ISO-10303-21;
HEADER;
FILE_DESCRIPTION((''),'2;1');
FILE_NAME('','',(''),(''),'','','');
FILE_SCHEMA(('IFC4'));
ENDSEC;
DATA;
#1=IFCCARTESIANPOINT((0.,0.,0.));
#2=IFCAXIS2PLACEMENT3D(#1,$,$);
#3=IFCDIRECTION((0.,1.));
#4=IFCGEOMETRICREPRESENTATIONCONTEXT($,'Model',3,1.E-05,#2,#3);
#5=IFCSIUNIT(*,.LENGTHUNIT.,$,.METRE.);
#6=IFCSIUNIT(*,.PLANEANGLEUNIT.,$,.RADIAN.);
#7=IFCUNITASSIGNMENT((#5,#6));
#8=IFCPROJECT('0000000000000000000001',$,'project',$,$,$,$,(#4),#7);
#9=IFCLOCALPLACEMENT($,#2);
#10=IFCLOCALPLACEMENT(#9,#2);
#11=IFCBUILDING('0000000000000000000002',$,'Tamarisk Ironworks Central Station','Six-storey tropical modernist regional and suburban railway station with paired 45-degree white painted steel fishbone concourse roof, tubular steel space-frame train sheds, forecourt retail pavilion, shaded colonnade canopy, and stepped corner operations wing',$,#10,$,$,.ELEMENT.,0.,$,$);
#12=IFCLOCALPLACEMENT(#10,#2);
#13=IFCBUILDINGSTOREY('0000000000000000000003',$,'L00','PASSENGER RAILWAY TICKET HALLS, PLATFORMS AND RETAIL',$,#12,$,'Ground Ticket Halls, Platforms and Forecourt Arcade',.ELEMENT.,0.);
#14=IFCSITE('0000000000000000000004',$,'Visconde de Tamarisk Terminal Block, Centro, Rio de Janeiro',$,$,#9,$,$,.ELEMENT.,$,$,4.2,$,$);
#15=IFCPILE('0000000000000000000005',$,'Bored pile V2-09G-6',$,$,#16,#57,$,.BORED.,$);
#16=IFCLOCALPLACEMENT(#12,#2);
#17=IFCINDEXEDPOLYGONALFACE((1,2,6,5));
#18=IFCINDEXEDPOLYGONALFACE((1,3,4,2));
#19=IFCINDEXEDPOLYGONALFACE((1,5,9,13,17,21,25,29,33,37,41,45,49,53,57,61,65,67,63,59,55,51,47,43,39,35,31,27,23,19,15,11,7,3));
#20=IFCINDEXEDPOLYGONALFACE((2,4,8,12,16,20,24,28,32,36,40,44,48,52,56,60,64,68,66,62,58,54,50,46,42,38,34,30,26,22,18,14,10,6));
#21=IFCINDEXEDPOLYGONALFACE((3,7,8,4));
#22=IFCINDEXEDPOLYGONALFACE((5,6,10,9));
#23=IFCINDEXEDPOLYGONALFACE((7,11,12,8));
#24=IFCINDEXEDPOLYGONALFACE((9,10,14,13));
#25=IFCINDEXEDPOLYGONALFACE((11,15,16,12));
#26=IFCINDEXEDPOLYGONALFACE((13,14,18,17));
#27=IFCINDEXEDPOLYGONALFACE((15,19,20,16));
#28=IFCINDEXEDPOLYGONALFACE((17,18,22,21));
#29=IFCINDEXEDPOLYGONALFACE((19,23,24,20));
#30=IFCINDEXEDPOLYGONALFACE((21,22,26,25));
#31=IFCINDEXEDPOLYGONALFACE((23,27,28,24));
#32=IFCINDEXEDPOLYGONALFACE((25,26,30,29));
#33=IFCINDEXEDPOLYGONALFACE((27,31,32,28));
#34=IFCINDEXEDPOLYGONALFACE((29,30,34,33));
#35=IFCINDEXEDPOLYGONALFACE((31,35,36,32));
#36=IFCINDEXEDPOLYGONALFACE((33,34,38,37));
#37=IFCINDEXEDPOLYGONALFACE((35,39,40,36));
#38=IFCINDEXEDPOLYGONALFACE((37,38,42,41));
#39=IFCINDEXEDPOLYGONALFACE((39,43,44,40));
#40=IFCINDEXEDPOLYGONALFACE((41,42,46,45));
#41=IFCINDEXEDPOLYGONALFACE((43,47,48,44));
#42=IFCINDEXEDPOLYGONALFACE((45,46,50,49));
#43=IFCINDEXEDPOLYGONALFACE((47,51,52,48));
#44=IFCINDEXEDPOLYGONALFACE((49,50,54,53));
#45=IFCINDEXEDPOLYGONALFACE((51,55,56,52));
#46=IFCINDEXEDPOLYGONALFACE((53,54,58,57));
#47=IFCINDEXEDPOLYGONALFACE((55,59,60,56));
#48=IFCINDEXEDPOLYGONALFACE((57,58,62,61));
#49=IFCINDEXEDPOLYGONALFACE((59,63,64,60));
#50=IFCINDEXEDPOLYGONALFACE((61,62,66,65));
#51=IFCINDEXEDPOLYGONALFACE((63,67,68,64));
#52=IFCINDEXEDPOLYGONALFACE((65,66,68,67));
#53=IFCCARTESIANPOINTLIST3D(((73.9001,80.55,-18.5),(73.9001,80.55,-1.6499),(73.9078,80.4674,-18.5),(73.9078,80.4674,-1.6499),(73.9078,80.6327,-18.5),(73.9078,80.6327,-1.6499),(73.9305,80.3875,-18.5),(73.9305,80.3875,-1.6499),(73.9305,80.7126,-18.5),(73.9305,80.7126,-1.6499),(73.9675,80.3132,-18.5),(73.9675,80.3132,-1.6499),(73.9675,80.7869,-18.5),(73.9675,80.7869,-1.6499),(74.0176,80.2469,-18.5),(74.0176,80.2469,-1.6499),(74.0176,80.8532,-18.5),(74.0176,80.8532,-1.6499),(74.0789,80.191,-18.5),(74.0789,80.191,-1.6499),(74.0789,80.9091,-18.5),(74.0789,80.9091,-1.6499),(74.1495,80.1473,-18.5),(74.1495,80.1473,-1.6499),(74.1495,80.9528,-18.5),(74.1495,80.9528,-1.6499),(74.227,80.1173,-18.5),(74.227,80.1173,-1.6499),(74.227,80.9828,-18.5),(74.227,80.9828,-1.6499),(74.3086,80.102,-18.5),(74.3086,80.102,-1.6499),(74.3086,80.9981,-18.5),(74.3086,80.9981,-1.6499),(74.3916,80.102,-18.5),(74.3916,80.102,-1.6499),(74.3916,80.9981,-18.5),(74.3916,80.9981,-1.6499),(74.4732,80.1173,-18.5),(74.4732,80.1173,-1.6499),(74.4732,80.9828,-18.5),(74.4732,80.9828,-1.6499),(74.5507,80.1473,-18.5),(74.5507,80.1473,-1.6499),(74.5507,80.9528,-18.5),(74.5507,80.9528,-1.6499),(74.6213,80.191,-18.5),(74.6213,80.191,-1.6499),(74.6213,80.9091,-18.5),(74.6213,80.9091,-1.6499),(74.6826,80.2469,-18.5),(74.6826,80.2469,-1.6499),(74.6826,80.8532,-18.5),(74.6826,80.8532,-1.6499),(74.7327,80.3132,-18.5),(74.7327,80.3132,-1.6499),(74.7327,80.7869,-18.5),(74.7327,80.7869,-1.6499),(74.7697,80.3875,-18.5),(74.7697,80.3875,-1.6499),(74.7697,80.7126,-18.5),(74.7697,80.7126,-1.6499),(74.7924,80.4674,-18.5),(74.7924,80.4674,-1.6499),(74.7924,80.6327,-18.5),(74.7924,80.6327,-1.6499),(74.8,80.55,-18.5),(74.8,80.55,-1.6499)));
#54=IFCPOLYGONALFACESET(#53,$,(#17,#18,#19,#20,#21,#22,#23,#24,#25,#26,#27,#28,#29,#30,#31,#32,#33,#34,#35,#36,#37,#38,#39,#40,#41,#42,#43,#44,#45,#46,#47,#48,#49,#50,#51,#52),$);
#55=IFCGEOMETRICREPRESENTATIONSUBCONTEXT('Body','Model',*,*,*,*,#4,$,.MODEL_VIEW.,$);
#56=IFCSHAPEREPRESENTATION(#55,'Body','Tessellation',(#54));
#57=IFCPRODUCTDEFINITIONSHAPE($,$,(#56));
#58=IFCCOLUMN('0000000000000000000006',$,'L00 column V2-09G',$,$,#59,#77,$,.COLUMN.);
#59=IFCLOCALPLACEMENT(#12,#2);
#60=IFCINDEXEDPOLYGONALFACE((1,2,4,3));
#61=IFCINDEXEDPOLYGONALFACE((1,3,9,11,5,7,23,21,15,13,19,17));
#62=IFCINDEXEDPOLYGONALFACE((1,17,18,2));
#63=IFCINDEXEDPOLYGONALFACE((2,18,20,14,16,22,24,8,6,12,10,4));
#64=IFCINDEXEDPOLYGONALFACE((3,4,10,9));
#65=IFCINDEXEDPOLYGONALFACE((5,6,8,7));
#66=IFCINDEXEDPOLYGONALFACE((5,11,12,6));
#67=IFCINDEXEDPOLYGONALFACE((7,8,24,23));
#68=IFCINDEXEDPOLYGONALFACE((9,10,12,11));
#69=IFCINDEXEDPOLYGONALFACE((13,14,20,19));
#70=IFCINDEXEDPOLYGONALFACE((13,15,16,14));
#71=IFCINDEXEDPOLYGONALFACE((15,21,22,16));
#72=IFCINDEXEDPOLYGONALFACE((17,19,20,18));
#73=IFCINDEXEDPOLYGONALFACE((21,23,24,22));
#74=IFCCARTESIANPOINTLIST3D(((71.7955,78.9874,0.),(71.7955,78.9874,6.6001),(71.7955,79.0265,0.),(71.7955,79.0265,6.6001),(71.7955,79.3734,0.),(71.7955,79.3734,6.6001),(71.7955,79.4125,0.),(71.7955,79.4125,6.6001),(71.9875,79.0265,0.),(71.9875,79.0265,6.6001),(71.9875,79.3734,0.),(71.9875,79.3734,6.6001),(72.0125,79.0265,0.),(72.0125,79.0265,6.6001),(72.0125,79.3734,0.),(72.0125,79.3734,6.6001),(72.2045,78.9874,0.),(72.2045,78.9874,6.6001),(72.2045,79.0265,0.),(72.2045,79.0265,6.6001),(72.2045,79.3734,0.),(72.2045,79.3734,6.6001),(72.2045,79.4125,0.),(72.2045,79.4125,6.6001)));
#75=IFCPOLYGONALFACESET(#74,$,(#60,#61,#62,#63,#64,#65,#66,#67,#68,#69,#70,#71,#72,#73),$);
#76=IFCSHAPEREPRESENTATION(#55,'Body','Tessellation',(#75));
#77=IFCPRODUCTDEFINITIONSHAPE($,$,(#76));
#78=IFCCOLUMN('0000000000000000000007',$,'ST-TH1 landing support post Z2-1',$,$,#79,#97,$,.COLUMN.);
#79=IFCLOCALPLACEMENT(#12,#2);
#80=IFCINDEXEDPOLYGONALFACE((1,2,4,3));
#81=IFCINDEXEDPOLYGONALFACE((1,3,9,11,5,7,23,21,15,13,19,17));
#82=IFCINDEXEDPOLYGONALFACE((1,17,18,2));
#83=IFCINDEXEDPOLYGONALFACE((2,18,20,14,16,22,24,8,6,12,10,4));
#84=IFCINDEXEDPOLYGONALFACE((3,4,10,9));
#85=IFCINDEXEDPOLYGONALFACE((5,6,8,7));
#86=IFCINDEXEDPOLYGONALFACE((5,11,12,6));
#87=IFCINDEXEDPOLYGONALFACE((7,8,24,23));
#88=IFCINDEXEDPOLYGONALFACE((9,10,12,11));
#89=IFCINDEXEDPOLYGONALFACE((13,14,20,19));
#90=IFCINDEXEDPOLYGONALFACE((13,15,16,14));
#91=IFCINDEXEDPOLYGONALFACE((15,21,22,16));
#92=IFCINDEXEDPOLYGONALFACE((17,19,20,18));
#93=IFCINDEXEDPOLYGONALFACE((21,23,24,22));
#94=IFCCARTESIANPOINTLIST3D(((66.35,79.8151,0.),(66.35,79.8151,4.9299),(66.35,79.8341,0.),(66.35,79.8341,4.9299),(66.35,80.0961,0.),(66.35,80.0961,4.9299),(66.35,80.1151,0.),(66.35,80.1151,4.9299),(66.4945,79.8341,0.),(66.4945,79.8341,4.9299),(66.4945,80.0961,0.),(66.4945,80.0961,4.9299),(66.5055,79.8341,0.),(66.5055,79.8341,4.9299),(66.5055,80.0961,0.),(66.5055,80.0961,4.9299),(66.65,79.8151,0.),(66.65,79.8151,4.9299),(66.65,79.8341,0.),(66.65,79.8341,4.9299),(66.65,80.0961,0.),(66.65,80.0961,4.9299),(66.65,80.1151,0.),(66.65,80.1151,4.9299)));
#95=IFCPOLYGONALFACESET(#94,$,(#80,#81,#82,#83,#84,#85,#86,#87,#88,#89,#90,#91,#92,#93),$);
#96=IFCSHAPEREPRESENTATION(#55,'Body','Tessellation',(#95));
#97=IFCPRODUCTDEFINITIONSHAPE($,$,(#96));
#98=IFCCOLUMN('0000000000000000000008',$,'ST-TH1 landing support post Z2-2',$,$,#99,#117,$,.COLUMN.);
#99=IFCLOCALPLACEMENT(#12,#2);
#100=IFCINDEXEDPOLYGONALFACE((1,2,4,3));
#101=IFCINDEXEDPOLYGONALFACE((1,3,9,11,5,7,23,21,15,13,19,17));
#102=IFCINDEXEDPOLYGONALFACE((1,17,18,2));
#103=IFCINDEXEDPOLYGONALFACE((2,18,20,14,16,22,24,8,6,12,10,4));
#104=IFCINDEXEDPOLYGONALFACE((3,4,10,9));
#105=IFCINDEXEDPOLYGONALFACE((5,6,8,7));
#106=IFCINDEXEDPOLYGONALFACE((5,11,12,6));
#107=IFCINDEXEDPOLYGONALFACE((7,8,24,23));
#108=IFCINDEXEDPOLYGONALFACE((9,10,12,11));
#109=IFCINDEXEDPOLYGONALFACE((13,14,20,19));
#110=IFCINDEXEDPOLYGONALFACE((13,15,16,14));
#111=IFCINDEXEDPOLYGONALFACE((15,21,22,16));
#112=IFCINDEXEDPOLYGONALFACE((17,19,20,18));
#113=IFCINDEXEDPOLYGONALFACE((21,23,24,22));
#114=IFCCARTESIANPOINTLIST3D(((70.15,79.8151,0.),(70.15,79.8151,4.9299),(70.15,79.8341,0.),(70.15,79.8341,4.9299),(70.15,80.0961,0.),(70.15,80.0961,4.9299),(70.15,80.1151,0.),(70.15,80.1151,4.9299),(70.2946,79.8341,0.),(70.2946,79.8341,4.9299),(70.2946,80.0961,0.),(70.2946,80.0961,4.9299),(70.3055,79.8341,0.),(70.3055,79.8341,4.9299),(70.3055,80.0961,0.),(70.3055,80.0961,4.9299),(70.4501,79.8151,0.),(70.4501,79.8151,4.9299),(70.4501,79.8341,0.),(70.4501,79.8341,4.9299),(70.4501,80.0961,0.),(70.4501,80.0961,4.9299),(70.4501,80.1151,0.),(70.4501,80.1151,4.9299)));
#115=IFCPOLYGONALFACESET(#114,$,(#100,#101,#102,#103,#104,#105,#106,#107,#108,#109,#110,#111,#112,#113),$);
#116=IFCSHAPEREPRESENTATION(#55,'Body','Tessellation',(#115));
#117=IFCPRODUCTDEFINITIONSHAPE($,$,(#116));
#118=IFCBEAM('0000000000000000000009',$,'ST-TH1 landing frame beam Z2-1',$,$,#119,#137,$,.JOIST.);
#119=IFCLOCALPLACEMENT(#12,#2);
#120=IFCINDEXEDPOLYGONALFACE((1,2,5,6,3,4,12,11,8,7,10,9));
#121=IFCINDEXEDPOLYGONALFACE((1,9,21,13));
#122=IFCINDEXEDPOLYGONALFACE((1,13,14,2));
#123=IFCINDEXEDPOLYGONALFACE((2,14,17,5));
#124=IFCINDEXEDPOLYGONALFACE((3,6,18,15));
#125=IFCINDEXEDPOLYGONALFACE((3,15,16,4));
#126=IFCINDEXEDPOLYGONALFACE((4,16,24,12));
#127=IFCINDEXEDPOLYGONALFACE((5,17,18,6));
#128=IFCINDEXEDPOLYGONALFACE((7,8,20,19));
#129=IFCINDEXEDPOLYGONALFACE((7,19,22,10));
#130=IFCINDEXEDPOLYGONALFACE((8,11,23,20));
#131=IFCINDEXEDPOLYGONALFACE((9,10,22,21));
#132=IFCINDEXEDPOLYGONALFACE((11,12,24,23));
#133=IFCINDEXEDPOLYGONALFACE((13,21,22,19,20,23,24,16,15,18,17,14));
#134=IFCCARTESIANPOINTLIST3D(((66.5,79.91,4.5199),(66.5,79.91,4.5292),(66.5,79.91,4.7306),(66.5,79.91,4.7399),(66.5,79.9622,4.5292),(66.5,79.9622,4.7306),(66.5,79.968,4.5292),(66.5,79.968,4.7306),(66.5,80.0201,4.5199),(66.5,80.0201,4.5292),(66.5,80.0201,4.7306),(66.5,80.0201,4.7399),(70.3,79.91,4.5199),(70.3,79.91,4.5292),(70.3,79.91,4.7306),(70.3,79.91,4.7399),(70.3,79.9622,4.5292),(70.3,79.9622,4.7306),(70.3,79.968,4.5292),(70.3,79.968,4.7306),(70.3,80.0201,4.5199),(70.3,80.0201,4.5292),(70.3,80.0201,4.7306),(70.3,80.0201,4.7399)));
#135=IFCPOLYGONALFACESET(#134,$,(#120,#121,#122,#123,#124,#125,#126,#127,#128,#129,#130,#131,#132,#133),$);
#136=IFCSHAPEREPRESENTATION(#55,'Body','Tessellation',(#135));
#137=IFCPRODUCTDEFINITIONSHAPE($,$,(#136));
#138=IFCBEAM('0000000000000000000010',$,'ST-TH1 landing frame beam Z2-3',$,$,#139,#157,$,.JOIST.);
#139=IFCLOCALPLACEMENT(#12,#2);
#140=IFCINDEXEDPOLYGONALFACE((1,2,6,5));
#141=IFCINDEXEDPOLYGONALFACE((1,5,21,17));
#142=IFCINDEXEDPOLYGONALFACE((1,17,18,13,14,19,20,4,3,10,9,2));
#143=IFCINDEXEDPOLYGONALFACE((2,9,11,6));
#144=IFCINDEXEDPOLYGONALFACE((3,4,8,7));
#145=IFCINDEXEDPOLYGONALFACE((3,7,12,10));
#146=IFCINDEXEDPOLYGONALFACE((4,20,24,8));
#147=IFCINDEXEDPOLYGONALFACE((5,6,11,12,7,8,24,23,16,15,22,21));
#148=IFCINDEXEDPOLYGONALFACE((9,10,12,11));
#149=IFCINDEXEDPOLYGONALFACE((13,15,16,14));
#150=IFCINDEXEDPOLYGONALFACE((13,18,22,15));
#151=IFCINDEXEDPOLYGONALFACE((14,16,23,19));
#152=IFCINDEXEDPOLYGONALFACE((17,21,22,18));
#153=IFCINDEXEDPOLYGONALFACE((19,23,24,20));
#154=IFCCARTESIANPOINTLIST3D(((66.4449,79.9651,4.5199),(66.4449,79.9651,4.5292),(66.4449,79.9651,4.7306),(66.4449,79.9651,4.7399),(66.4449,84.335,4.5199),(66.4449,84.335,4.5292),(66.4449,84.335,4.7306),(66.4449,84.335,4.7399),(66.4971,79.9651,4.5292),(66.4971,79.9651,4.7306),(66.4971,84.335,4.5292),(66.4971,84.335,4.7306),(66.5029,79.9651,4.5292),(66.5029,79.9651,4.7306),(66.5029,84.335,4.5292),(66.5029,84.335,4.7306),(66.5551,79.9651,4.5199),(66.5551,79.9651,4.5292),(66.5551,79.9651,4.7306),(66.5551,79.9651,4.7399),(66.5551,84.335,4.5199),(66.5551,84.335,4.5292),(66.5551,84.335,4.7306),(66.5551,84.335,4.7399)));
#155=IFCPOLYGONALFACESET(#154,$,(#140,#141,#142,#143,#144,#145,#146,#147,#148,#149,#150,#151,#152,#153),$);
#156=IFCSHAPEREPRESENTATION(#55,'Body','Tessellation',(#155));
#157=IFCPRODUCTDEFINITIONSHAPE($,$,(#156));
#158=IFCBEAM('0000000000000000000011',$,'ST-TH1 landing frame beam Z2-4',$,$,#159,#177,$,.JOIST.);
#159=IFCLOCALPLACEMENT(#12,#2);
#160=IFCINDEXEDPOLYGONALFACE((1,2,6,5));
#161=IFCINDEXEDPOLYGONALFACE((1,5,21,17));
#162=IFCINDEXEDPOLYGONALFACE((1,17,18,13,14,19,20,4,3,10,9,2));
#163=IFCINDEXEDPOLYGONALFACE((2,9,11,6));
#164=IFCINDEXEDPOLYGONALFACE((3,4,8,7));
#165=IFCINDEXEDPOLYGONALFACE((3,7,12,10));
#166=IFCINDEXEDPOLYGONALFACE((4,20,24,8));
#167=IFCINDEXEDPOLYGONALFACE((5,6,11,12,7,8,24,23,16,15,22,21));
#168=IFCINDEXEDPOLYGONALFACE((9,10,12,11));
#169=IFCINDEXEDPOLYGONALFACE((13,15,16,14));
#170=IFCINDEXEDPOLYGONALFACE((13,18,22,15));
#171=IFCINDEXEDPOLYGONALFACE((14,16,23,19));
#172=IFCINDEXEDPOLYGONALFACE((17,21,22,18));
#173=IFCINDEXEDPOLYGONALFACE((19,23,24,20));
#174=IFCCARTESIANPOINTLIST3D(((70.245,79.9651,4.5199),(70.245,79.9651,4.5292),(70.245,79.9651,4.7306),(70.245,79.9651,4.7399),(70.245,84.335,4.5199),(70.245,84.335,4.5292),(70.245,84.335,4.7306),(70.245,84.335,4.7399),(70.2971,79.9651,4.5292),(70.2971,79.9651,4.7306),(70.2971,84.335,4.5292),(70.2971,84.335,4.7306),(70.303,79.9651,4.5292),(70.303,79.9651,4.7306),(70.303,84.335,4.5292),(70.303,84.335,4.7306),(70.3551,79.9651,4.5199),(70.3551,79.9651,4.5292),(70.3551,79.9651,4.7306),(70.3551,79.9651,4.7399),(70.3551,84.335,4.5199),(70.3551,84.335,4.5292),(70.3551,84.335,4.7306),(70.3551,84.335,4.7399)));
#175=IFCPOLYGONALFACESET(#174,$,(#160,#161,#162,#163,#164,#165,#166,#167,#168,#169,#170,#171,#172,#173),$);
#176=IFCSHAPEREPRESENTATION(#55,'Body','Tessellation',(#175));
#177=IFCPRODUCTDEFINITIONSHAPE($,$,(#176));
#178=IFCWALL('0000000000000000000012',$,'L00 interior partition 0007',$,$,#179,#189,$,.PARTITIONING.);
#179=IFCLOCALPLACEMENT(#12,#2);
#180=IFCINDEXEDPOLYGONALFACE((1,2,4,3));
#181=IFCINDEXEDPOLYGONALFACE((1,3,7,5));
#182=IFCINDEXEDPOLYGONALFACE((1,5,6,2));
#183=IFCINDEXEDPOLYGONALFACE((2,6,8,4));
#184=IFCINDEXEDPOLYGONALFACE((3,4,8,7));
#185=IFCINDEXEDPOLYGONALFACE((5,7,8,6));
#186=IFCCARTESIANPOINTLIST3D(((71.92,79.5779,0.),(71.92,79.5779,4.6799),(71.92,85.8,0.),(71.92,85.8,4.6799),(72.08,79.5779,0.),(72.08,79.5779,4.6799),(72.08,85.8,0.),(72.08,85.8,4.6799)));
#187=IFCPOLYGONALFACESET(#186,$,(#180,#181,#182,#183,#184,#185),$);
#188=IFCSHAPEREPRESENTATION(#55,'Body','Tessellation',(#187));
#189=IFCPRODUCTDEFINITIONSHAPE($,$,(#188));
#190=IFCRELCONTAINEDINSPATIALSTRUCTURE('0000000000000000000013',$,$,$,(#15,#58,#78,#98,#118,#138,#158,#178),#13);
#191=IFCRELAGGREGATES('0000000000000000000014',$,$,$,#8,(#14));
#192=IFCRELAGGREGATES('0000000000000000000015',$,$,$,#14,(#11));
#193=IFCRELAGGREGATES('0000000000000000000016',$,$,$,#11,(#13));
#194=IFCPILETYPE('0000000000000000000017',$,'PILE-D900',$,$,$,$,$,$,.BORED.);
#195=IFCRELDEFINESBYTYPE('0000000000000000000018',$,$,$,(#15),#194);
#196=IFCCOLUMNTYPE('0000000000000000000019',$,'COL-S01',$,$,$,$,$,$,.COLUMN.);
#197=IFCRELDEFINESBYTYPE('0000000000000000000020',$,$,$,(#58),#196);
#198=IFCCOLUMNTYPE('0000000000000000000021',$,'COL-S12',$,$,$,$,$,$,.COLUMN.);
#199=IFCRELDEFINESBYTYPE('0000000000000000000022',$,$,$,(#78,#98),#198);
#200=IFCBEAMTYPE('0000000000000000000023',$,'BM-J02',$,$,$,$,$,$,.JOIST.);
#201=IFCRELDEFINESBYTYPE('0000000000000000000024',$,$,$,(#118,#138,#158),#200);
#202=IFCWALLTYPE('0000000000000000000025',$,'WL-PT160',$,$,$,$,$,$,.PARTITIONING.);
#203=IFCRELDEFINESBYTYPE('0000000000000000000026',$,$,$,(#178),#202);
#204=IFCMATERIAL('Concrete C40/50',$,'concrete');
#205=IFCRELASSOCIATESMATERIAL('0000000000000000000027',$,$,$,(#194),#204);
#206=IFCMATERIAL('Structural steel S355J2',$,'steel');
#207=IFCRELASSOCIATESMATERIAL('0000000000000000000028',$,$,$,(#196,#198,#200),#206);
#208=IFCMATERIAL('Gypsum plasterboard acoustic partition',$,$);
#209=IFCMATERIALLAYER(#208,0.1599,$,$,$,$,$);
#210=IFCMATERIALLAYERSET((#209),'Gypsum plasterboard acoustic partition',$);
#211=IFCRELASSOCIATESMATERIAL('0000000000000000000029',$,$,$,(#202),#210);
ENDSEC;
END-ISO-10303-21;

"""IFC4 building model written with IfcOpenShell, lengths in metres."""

from ifc_helpers import new_model, si_unit, direction, frame, frame_2d, origin, origin_2d, place, context, subcontext, project, spatial, rectangle, circle, i_section, extrude, material, layer, layer_set, material_profile, profile_set, type_object, element, save


model = new_model("IFC4")

# Units and contexts
model_context = context("Model", 3, precision=1e-05, world=origin(), true_north=direction((0.0, 1.0)))
body_context = subcontext(model_context, "Body", "Model", "MODEL_VIEW")
ifc_project = project(units=[si_unit("LENGTHUNIT", "METRE"), si_unit("PLANEANGLEUNIT", "RADIAN")], contexts=[model_context])

# Site, building, storey
site_placement = place(None, origin())
site = spatial("IfcSite", under=ifc_project, at=site_placement, Name="Visconde de Tamarisk Terminal Block, Centro, Rio de Janeiro", CompositionType="ELEMENT", RefElevation=4.2)
building_placement = place(site_placement, origin())
building = spatial("IfcBuilding", under=site, at=building_placement, Name="Tamarisk Ironworks Central Station", Description="Six-storey tropical modernist regional and suburban railway station with paired 45-degree white painted steel fishbone concourse roof, tubular steel space-frame train sheds, forecourt retail pavilion, shaded colonnade canopy, and stepped corner operations wing", CompositionType="ELEMENT", ElevationOfRefHeight=0.0)
storey_placement = place(building_placement, origin())
storey = spatial("IfcBuildingStorey", under=building, at=storey_placement, Name="L00", Description="PASSENGER RAILWAY TICKET HALLS, PLATFORMS AND RETAIL", LongName="Ground Ticket Halls, Platforms and Forecourt Arcade", CompositionType="ELEMENT", Elevation=0.0)

# Shared definitions
ifc_material_1 = material(Name="Concrete C40/50", Category="concrete")

# Pile
ifc_material_profile_1 = material_profile(ifc_material_1, circle(Radius=0.45, at=origin_2d()), Name="BORED PILE D900")
ifc_profile_set_1 = profile_set([ifc_material_profile_1], Name="Concrete C40/50")
pile_type_1 = type_object("IfcPileType", Name="PILE-D900", PredefinedType="BORED", material=ifc_profile_set_1)
for number, where, z_axis, x_axis, name in (
    (1, (74.3501, 80.55, -1.6499), (0.0, 0.0, -1.0), (1.0, 0.0, 0.0), "Bored pile V2-09G-6"),
):
    element("IfcPile", number, at=place(storey_placement, frame(where, z_axis=z_axis, x_axis=x_axis)), inside=storey, type_object=pile_type_1, Name=name, PredefinedType="BORED", context=body_context, shape_type="SweptSolid", body=[
        extrude(circle(Radius=0.45, at=origin_2d()), origin(), (0.0, 0.0, 1.0), 16.8501),
    ])

# Columns
ifc_material_2 = material(Name="Structural steel S355J2", Category="steel")
ifc_material_profile_2 = material_profile(ifc_material_2, i_section(OverallWidth=0.4089, OverallDepth=0.425, WebThickness=0.0249, FlangeThickness=0.0391, at=origin_2d()), Name="HD 400x421")
ifc_profile_set_2 = profile_set([ifc_material_profile_2], Name="Structural steel S355J2")
column_type_1 = type_object("IfcColumnType", Name="COL-S01", PredefinedType="COLUMN", material=ifc_profile_set_2)
column_placement = place(storey_placement, frame((72.0, 79.2, 0.0), z_axis=(0.0, 0.0, 1.0), x_axis=(1.0, 0.0, 0.0)))
element("IfcColumn", 2, at=column_placement, inside=storey, type_object=column_type_1, Name="L00 column V2-09G", PredefinedType="COLUMN", context=body_context, shape_type="SweptSolid", body=[
    extrude(i_section(OverallWidth=0.4089, OverallDepth=0.425, WebThickness=0.0249, FlangeThickness=0.0391, at=origin_2d()), origin(), (0.0, 0.0, 1.0), 6.6001),
])
ifc_material_profile_3 = material_profile(ifc_material_2, i_section(OverallWidth=0.3, OverallDepth=0.3, WebThickness=0.011, FlangeThickness=0.019, at=origin_2d()), Name="HEB 300")
ifc_profile_set_3 = profile_set([ifc_material_profile_3], Name="Structural steel S355J2")
column_type_2 = type_object("IfcColumnType", Name="COL-S12", PredefinedType="COLUMN", material=ifc_profile_set_3)
for number, where, z_axis, x_axis, name in (
    (3, (66.5, 79.9651, 0.0), (0.0, 0.0, 1.0), (1.0, 0.0, 0.0), "ST-TH1 landing support post Z2-1"),
    (4, (70.3, 79.9651, 0.0), (0.0, 0.0, 1.0), (1.0, 0.0, 0.0), "ST-TH1 landing support post Z2-2"),
):
    element("IfcColumn", number, at=place(storey_placement, frame(where, z_axis=z_axis, x_axis=x_axis)), inside=storey, type_object=column_type_2, Name=name, PredefinedType="COLUMN", context=body_context, shape_type="SweptSolid", body=[
        extrude(i_section(OverallWidth=0.3, OverallDepth=0.3, WebThickness=0.011, FlangeThickness=0.019, at=origin_2d()), origin(), (0.0, 0.0, 1.0), 4.9299),
    ])

# Beams
ifc_material_profile_4 = material_profile(ifc_material_2, i_section(OverallWidth=0.1101, OverallDepth=0.22, WebThickness=0.0059, FlangeThickness=0.0093, at=origin_2d()), Name="IPE 220")
ifc_profile_set_4 = profile_set([ifc_material_profile_4], Name="Structural steel S355J2")
beam_type = type_object("IfcBeamType", Name="BM-J02", PredefinedType="JOIST", material=ifc_profile_set_4)
beam_placement = place(storey_placement, frame((66.5, 79.9651, 4.6299), z_axis=(1.0, 0.0, 0.0), x_axis=(0.0, 1.0, 0.0)))
element("IfcBeam", 5, at=beam_placement, inside=storey, type_object=beam_type, Name="ST-TH1 landing frame beam Z2-1", PredefinedType="JOIST", context=body_context, shape_type="SweptSolid", body=[
    extrude(i_section(OverallWidth=0.1101, OverallDepth=0.22, WebThickness=0.0059, FlangeThickness=0.0093, at=origin_2d()), origin(), (0.0, 0.0, 1.0), 3.8),
])
for number, where, z_axis, x_axis, name in (
    (6, (66.5, 79.9651, 4.6299), (0.0, 1.0, 0.0), (-1.0, 0.0, 0.0), "ST-TH1 landing frame beam Z2-3"),
    (7, (70.3, 79.9651, 4.6299), (0.0, 1.0, 0.0), (-1.0, 0.0, 0.0), "ST-TH1 landing frame beam Z2-4"),
):
    element("IfcBeam", number, at=place(storey_placement, frame(where, z_axis=z_axis, x_axis=x_axis)), inside=storey, type_object=beam_type, Name=name, PredefinedType="JOIST", context=body_context, shape_type="SweptSolid", body=[
        extrude(i_section(OverallWidth=0.1101, OverallDepth=0.22, WebThickness=0.0059, FlangeThickness=0.0093, at=origin_2d()), origin(), (0.0, 0.0, 1.0), 4.3699),
    ])

# Wall
ifc_material_3 = material(Name="Gypsum plasterboard acoustic partition")
ifc_layer = layer(ifc_material_3, 0.1599)
ifc_layer_set = layer_set([ifc_layer], Name="Gypsum plasterboard acoustic partition")
wall_type = type_object("IfcWallType", Name="WL-PT160", PredefinedType="PARTITIONING", material=ifc_layer_set)
wall_placement = place(storey_placement, frame((72.0, 79.5779, 0.0), z_axis=(0.0, 0.0, 1.0), x_axis=(0.0, 1.0, 0.0)))
element("IfcWall", 8, at=wall_placement, inside=storey, type_object=wall_type, Name="L00 interior partition 0007", PredefinedType="PARTITIONING", context=body_context, shape_type="SweptSolid", body=[
    extrude(rectangle(XDim=6.2222, YDim=0.1599, at=frame_2d((3.1111, 0.0))), origin(), (0.0, 0.0, 1.0), 4.6799),
])

save(model, "model.ifc")
